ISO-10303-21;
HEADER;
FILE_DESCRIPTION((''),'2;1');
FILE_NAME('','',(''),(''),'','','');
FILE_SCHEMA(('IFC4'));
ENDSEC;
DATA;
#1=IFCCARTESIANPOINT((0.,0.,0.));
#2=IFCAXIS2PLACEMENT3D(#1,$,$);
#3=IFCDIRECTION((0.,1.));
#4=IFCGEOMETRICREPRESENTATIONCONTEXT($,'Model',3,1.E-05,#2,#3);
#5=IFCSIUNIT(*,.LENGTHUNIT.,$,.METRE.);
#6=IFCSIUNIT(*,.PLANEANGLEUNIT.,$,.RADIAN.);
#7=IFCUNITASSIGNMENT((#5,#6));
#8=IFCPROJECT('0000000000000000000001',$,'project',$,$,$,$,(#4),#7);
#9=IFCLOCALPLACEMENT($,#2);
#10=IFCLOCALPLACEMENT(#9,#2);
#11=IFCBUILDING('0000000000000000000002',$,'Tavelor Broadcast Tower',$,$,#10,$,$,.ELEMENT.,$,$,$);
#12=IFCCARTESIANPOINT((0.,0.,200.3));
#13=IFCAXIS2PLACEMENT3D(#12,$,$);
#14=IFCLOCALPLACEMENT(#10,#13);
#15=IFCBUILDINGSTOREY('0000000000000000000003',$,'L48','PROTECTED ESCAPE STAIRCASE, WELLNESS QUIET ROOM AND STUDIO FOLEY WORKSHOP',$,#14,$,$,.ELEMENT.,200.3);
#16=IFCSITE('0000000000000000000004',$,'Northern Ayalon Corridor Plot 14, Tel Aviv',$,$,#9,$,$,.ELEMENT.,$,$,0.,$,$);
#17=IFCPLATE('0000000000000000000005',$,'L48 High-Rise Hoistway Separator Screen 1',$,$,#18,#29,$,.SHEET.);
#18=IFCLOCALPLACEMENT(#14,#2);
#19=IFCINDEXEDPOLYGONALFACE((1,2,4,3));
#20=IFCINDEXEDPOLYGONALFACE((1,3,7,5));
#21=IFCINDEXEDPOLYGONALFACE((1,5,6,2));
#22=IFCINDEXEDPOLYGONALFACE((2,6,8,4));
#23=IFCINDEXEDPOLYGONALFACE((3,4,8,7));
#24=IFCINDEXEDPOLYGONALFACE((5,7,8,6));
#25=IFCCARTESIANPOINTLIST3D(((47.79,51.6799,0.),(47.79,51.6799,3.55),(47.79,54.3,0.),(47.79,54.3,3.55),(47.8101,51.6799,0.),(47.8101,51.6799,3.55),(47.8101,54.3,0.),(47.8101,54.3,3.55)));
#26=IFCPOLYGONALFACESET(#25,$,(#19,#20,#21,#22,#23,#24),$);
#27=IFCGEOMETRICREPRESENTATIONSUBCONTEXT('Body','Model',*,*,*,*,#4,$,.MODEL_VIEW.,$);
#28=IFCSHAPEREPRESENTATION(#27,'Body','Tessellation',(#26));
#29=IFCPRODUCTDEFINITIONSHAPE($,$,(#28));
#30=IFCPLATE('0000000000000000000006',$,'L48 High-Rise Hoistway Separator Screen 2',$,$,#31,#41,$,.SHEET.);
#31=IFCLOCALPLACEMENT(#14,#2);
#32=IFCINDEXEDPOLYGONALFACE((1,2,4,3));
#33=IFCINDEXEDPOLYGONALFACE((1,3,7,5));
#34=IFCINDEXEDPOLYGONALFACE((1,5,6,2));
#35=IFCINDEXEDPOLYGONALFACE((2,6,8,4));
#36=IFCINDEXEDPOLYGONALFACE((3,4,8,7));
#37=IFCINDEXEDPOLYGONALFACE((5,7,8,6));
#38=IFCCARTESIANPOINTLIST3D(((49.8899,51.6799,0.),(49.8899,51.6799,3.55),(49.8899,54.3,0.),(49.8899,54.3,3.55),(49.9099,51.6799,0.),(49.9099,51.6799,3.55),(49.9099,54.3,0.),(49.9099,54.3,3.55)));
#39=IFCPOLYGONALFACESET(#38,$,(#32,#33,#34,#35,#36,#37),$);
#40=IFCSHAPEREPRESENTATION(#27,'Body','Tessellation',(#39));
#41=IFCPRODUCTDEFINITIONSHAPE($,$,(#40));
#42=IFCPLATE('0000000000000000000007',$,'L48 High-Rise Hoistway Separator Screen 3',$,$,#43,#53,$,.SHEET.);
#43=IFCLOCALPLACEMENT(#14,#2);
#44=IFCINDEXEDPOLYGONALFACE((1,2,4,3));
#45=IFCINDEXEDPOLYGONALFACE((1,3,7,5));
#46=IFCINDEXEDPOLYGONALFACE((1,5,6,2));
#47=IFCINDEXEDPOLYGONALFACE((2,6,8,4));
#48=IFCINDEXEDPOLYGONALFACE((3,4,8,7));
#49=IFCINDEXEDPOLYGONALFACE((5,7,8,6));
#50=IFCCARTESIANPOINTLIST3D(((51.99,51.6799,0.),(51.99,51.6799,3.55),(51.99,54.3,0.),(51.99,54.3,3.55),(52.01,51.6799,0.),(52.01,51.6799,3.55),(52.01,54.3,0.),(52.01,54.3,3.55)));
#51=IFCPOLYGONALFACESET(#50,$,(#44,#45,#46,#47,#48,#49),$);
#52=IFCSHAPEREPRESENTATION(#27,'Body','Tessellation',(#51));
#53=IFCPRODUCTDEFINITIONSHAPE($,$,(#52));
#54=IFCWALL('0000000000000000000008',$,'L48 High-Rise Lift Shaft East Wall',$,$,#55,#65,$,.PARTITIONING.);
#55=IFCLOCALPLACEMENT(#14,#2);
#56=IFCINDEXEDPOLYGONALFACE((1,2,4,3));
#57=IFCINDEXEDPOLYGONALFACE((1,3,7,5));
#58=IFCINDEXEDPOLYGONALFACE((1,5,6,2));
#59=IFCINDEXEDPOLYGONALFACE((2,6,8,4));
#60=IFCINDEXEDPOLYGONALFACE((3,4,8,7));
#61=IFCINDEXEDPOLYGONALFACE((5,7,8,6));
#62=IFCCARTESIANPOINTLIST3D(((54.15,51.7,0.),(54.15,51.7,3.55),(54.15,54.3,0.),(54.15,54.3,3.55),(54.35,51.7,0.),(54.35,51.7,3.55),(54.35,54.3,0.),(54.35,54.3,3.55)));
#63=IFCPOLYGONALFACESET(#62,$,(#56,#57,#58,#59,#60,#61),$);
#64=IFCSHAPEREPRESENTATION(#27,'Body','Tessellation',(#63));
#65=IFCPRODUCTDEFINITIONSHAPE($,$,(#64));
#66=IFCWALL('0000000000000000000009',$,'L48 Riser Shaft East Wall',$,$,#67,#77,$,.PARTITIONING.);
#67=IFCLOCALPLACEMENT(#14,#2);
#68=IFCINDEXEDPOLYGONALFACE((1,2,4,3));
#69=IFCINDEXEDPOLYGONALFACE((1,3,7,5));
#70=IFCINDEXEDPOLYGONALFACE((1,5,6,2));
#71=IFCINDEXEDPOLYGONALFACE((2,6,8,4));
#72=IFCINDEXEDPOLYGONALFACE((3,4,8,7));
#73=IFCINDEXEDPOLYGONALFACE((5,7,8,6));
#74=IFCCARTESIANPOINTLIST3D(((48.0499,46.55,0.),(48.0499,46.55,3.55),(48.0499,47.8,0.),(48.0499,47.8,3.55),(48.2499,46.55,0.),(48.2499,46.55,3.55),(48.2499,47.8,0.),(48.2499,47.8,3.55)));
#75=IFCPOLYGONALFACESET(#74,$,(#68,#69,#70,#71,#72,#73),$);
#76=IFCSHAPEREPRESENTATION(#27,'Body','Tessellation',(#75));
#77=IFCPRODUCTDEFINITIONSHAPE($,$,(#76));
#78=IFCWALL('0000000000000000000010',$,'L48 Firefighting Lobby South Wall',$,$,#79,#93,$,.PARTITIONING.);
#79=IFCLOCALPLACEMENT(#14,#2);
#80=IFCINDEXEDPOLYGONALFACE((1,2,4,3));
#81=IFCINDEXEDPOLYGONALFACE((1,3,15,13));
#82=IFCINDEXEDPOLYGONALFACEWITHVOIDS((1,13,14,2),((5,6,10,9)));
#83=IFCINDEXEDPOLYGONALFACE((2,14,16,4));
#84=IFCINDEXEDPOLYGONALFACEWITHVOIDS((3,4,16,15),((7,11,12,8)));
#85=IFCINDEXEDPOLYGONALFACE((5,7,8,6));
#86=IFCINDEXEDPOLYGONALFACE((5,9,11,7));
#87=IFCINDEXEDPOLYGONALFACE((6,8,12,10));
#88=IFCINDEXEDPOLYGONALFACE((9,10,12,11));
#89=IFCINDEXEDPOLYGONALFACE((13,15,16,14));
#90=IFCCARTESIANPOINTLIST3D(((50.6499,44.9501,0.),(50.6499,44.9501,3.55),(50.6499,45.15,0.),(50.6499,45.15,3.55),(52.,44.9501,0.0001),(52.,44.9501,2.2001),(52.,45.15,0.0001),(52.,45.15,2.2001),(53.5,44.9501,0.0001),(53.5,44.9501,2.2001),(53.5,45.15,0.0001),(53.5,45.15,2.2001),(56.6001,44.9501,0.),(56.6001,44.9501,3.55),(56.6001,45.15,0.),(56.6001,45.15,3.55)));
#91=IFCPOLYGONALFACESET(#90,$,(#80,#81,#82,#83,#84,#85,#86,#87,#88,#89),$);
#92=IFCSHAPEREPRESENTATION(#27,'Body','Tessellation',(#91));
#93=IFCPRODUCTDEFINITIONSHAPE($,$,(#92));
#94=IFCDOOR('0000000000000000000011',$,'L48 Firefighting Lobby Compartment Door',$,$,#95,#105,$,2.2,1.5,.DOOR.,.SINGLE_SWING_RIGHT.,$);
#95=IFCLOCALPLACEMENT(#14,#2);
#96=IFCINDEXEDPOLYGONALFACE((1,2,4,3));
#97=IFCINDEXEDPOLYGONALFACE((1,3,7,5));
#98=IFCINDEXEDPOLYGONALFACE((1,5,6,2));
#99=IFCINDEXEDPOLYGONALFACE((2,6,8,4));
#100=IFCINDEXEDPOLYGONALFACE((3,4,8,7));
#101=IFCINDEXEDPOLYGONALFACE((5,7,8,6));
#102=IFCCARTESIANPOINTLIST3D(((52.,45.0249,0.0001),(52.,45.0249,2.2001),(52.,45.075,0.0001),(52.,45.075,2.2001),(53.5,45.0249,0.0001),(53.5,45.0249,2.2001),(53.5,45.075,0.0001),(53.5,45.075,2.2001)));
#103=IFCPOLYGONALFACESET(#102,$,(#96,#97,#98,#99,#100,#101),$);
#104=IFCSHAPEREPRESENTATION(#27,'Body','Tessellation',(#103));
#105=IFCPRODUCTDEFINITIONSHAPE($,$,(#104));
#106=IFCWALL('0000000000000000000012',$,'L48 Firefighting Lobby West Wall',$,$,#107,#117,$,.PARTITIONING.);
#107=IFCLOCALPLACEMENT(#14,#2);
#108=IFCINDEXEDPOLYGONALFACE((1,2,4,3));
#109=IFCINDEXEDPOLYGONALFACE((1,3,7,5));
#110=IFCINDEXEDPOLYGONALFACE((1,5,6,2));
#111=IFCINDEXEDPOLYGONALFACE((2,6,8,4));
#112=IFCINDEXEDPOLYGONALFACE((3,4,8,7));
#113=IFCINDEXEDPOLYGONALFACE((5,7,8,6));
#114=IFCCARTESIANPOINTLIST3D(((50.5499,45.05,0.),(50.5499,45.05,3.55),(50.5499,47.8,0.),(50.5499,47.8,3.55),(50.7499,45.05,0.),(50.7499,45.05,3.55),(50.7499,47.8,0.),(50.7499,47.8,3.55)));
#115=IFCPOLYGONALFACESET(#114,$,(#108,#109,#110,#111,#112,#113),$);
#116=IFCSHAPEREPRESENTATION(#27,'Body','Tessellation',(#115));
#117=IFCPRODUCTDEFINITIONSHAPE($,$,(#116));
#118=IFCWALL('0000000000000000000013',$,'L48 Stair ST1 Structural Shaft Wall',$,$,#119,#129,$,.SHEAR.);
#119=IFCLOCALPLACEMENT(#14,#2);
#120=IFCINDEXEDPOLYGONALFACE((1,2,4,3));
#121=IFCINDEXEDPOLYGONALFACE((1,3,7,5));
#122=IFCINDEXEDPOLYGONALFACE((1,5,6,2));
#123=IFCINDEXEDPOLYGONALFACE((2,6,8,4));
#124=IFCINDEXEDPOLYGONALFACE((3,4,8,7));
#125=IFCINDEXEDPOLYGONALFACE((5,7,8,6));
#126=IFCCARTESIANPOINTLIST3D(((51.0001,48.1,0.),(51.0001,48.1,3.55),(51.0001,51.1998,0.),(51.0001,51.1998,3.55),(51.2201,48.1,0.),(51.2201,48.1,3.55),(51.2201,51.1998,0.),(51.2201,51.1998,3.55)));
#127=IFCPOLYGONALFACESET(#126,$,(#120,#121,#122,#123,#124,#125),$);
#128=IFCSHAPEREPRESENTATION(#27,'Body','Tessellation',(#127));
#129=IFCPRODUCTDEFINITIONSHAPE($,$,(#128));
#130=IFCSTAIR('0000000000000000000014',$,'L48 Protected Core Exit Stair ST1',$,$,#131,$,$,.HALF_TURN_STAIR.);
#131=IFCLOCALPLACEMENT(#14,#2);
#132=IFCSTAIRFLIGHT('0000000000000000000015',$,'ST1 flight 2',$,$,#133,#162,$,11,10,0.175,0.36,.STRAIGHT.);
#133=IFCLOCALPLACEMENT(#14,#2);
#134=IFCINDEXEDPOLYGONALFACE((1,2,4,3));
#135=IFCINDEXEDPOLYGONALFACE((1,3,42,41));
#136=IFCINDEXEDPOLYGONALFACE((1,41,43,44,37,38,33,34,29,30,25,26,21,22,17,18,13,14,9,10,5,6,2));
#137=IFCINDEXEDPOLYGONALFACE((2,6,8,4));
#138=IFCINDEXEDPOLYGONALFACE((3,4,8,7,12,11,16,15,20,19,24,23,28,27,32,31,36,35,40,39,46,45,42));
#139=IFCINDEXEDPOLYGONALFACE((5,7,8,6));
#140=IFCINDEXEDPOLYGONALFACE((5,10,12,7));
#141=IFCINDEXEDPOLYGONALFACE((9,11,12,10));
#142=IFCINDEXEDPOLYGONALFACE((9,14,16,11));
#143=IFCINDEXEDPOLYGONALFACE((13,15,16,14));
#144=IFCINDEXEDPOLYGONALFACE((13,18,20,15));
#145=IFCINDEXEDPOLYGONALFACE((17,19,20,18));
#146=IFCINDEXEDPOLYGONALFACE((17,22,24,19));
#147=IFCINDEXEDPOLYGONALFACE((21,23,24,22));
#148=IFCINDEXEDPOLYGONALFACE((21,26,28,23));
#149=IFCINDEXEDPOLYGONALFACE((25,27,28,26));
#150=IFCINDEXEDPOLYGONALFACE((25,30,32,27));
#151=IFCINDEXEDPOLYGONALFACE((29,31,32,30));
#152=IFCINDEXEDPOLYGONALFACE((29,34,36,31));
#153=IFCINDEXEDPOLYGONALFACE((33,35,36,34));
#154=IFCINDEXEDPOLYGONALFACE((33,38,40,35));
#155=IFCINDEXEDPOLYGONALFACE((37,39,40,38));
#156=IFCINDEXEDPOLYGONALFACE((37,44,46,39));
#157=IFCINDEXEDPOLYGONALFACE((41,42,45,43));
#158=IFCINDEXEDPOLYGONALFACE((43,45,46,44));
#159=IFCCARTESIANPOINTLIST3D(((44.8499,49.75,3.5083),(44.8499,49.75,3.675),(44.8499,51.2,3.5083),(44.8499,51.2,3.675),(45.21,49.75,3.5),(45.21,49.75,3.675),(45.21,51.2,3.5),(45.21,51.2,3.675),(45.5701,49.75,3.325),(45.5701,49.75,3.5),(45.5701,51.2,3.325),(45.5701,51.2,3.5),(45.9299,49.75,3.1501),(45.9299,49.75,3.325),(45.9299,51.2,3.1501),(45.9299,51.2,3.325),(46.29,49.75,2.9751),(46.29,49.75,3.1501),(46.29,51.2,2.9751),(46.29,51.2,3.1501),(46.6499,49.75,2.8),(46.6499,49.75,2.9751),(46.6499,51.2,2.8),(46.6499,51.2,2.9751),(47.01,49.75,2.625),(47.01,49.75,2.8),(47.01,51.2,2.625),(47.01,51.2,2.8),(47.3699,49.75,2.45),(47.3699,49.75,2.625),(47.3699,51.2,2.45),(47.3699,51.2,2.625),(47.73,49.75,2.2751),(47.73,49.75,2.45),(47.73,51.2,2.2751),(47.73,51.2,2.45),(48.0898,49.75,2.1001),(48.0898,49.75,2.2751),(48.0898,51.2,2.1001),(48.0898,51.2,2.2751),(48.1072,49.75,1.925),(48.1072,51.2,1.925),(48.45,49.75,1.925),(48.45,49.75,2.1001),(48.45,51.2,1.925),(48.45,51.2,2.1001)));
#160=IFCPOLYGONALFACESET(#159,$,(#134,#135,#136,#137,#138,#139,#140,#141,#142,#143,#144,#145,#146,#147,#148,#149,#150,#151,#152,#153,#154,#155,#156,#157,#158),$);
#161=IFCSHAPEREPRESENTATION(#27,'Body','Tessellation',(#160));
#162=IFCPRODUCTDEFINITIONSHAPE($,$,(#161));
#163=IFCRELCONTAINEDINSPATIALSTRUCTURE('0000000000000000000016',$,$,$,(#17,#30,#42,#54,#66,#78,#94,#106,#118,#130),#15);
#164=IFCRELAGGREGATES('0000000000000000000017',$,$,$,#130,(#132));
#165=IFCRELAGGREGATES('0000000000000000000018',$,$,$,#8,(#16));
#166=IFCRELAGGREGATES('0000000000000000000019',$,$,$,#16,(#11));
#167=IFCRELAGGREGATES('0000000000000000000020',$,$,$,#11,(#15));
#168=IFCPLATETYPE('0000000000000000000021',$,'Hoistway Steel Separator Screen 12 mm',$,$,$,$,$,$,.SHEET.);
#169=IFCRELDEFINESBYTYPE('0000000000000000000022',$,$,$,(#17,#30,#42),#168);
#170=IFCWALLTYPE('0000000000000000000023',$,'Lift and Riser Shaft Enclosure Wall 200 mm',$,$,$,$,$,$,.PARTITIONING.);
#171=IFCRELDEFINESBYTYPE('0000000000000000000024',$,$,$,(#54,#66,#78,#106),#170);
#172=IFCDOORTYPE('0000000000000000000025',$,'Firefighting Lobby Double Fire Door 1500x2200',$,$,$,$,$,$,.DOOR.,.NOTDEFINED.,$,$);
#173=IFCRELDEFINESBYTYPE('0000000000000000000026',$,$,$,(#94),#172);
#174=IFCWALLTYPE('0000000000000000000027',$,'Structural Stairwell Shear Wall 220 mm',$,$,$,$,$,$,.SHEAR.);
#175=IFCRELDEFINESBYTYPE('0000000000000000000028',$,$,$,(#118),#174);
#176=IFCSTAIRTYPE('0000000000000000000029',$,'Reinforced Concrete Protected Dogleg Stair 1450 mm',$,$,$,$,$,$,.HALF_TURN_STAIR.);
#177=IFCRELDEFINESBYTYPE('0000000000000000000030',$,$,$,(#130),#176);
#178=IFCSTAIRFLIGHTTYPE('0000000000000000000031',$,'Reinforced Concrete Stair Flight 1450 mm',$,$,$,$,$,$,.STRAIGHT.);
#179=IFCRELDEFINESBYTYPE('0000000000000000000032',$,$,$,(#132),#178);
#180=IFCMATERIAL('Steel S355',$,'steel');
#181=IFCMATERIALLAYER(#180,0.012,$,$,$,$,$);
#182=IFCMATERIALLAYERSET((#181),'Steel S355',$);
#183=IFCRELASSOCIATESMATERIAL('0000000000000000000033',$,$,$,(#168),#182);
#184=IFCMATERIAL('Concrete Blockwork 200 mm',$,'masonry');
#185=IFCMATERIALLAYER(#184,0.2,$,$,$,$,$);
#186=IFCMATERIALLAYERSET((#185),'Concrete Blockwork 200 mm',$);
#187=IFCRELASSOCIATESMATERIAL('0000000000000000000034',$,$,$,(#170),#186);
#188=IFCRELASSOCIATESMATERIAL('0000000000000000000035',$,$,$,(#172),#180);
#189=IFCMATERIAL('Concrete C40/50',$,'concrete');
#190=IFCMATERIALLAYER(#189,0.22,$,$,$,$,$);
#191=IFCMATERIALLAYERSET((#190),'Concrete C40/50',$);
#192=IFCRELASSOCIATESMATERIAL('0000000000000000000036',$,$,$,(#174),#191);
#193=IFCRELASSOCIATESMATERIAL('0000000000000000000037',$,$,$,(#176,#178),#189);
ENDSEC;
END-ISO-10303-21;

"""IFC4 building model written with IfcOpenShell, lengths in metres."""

from ifc_helpers import new_model, si_unit, direction, frame, frame_2d, origin, origin_2d, place, context, subcontext, project, spatial, polyline, rectangle, outline, extrude, source, transform, mapped, material, layer, layer_set, type_object, type_shapes, element, fill, aggregate, save


model = new_model("IFC4")

# Units and contexts
model_context = context("Model", 3, precision=1e-05, world=origin(), true_north=direction((0.0, 1.0)))
body_context = subcontext(model_context, "Body", "Model", "MODEL_VIEW")
ifc_project = project(units=[si_unit("LENGTHUNIT", "METRE"), si_unit("PLANEANGLEUNIT", "RADIAN")], contexts=[model_context])

# Site, building, storey
site_placement = place(None, origin())
site = spatial("IfcSite", under=ifc_project, at=site_placement, Name="Northern Ayalon Corridor Plot 14, Tel Aviv", CompositionType="ELEMENT", RefElevation=0.0)
building_placement = place(site_placement, origin())
building = spatial("IfcBuilding", under=site, at=building_placement, Name="Tavelor Broadcast Tower", CompositionType="ELEMENT")
storey_placement = place(building_placement, frame((0.0, 0.0, 200.3)))
storey = spatial("IfcBuildingStorey", under=building, at=storey_placement, Name="L48", Description="PROTECTED ESCAPE STAIRCASE, WELLNESS QUIET ROOM AND STUDIO FOLEY WORKSHOP", CompositionType="ELEMENT", Elevation=200.3)

# Shared definitions
ifc_material_1 = material(Name="Concrete C40/50", Category="concrete")
ifc_material_2 = material(Name="Steel S355", Category="steel")

# Plates
ifc_layer_1 = layer(ifc_material_2, 0.012)
ifc_layer_set_1 = layer_set([ifc_layer_1], Name="Steel S355")
plate_type = type_object("IfcPlateType", Name="Hoistway Steel Separator Screen 12 mm", PredefinedType="SHEET", material=ifc_layer_set_1)
shared_shape = source(origin(), body_context, "Body", "SweptSolid", [
    extrude(rectangle(XDim=0.02, YDim=2.6201, at=origin_2d()), origin(), (0.0, 0.0, 1.0), 3.55),
])
type_shapes(plate_type, [shared_shape])
for number, where, z_axis, x_axis, name in (
    (1, (47.8, 52.99, 0.0), (0.0, 0.0, 1.0), (1.0, 0.0, 0.0), "L48 High-Rise Hoistway Separator Screen 1"),
    (2, (49.8999, 52.99, 0.0), (0.0, 0.0, 1.0), (1.0, 0.0, 0.0), "L48 High-Rise Hoistway Separator Screen 2"),
    (3, (52.0, 52.99, 0.0), (0.0, 0.0, 1.0), (1.0, 0.0, 0.0), "L48 High-Rise Hoistway Separator Screen 3"),
):
    element("IfcPlate", number, at=place(storey_placement, frame(where, z_axis=z_axis, x_axis=x_axis)), inside=storey, type_object=plate_type, Name=name, PredefinedType="SHEET", context=body_context, shape_type="MappedRepresentation", body=[
        mapped(shared_shape, transform((0.0, 0.0, 0.0), scale=1.0)),
    ])

# Walls
ifc_material_3 = material(Name="Concrete Blockwork 200 mm", Category="masonry")
ifc_layer_2 = layer(ifc_material_3, 0.2)
ifc_layer_set_2 = layer_set([ifc_layer_2], Name="Concrete Blockwork 200 mm")
wall_type_1 = type_object("IfcWallType", Name="Lift and Riser Shaft Enclosure Wall 200 mm", PredefinedType="PARTITIONING", material=ifc_layer_set_2)
wall_1_placement = place(storey_placement, frame((54.25, 51.7, 0.0), z_axis=(0.0, 0.0, 1.0), x_axis=(0.0, 1.0, 0.0)))
element("IfcWall", 4, at=wall_1_placement, inside=storey, type_object=wall_type_1, Name="L48 High-Rise Lift Shaft East Wall", PredefinedType="PARTITIONING", context=body_context, shape_type="SweptSolid", body=[
    extrude(rectangle(XDim=2.6001, YDim=0.2, at=frame_2d((1.3, 0.0))), origin(), (0.0, 0.0, 1.0), 3.55),
])
wall_2_placement = place(storey_placement, frame((48.1499, 46.55, 0.0), z_axis=(0.0, 0.0, 1.0), x_axis=(0.0, 1.0, 0.0)))
element("IfcWall", 5, at=wall_2_placement, inside=storey, type_object=wall_type_1, Name="L48 Riser Shaft East Wall", PredefinedType="PARTITIONING", context=body_context, shape_type="SweptSolid", body=[
    extrude(rectangle(XDim=1.25, YDim=0.2, at=frame_2d((0.625, 0.0))), origin(), (0.0, 0.0, 1.0), 3.55),
])

# Wall, opening, door
wall_3_placement = place(storey_placement, frame((50.6499, 45.05, 0.0), z_axis=(0.0, 0.0, 1.0), x_axis=(1.0, 0.0, 0.0)))
wall_3 = element("IfcWall", 6, at=wall_3_placement, inside=storey, type_object=wall_type_1, Name="L48 Firefighting Lobby South Wall", PredefinedType="PARTITIONING", context=body_context, shape_type="SweptSolid", body=[
    extrude(rectangle(XDim=5.9502, YDim=0.2, at=frame_2d((2.9751, 0.0))), origin(), (0.0, 0.0, 1.0), 3.55),
])
opening_placement = place(wall_3_placement, frame((1.3501, 0.0, 0.0)))
opening = element("IfcOpeningElement", 7, at=opening_placement, cuts=wall_3, PredefinedType="OPENING", context=body_context, shape_type="SweptSolid", body=[
    extrude(rectangle(XDim=1.5, YDim=2.2, at=frame_2d((0.75, 1.1001))), frame((0.0, 0.1099, 0.0), z_axis=(0.0, -1.0, 0.0), x_axis=(1.0, 0.0, 0.0)), (0.0, 0.0, 1.0), 0.22),
])
door_type = type_object("IfcDoorType", Name="Firefighting Lobby Double Fire Door 1500x2200", OperationType="NOTDEFINED", PredefinedType="DOOR", material=ifc_material_2)
door_placement = place(opening_placement, origin())
door = element("IfcDoor", 8, at=door_placement, inside=storey, type_object=door_type, Name="L48 Firefighting Lobby Compartment Door", OperationType="SINGLE_SWING_RIGHT", OverallHeight=2.2, OverallWidth=1.5, PredefinedType="DOOR", context=body_context, shape_type="SweptSolid", body=[
    extrude(rectangle(XDim=1.5, YDim=2.2, at=frame_2d((0.75, 1.1001))), frame((0.0, 0.0249, 0.0), z_axis=(0.0, -1.0, 0.0), x_axis=(1.0, 0.0, 0.0)), (0.0, 0.0, 1.0), 0.05),
])
fill(opening, door)

# Walls
wall_4_placement = place(storey_placement, frame((50.6499, 45.05, 0.0), z_axis=(0.0, 0.0, 1.0), x_axis=(0.0, 1.0, 0.0)))
element("IfcWall", 9, at=wall_4_placement, inside=storey, type_object=wall_type_1, Name="L48 Firefighting Lobby West Wall", PredefinedType="PARTITIONING", context=body_context, shape_type="SweptSolid", body=[
    extrude(rectangle(XDim=2.75, YDim=0.2, at=frame_2d((1.375, 0.0))), origin(), (0.0, 0.0, 1.0), 3.55),
])
ifc_layer_3 = layer(ifc_material_1, 0.22)
ifc_layer_set_3 = layer_set([ifc_layer_3], Name="Concrete C40/50")
wall_type_2 = type_object("IfcWallType", Name="Structural Stairwell Shear Wall 220 mm", PredefinedType="SHEAR", material=ifc_layer_set_3)
wall_5_placement = place(storey_placement, frame((51.1101, 48.1001, 0.0), z_axis=(0.0, 0.0, 1.0), x_axis=(0.0, 1.0, 0.0)))
element("IfcWall", 10, at=wall_5_placement, inside=storey, type_object=wall_type_2, Name="L48 Stair ST1 Structural Shaft Wall", PredefinedType="SHEAR", context=body_context, shape_type="SweptSolid", body=[
    extrude(rectangle(XDim=3.0999, YDim=0.22, at=frame_2d((1.5498, 0.0))), origin(), (0.0, 0.0, 1.0), 3.55),
])

# Stair, stair flight
stair_type = type_object("IfcStairType", Name="Reinforced Concrete Protected Dogleg Stair 1450 mm", PredefinedType="HALF_TURN_STAIR", material=ifc_material_1)
stair_placement = place(storey_placement, origin())
stair = element("IfcStair", 11, at=stair_placement, inside=storey, type_object=stair_type, Name="L48 Protected Core Exit Stair ST1", PredefinedType="HALF_TURN_STAIR")
stair_flight_type = type_object("IfcStairFlightType", Name="Reinforced Concrete Stair Flight 1450 mm", PredefinedType="STRAIGHT", material=ifc_material_1)
stair_flight_placement = place(storey_placement, frame((48.45, 50.4751, 1.925), z_axis=(0.0, 0.0, 1.0), x_axis=(-1.0, 0.0, 0.0)))
stair_flight = element("IfcStairFlight", 12, at=stair_flight_placement, type_object=stair_flight_type, Name="ST1 flight 2", NumberOfRisers=11, NumberOfTreads=10, PredefinedType="STRAIGHT", RiserHeight=0.175, TreadLength=0.36, context=body_context, shape_type="SweptSolid", body=[
    extrude(outline(polyline([(0.0, 0.0), (0.0, 0.175), (0.3601, 0.175), (0.3601, 0.3501), (0.72, 0.3501), (0.72, 0.5249), (1.0801, 0.5249), (1.0801, 0.7), (1.4399, 0.7), (1.4399, 0.875), (1.8, 0.875), (1.8, 1.05), (2.1599, 1.05), (2.1599, 1.2251), (2.52, 1.2251), (2.52, 1.3999), (2.8799, 1.3999), (2.8799, 1.575), (3.24, 1.575), (3.24, 1.75), (3.6001, 1.75), (3.6001, 1.925), (3.6001, 1.5833), (0.3428, 0.0), (0.0, 0.0)])), frame((0.0, 0.7251, 0.0), z_axis=(0.0, -1.0, 0.0), x_axis=(1.0, 0.0, 0.0)), (0.0, 0.0, 1.0), 1.45),
])
aggregate(stair, [stair_flight])

save(model, "model.ifc")
